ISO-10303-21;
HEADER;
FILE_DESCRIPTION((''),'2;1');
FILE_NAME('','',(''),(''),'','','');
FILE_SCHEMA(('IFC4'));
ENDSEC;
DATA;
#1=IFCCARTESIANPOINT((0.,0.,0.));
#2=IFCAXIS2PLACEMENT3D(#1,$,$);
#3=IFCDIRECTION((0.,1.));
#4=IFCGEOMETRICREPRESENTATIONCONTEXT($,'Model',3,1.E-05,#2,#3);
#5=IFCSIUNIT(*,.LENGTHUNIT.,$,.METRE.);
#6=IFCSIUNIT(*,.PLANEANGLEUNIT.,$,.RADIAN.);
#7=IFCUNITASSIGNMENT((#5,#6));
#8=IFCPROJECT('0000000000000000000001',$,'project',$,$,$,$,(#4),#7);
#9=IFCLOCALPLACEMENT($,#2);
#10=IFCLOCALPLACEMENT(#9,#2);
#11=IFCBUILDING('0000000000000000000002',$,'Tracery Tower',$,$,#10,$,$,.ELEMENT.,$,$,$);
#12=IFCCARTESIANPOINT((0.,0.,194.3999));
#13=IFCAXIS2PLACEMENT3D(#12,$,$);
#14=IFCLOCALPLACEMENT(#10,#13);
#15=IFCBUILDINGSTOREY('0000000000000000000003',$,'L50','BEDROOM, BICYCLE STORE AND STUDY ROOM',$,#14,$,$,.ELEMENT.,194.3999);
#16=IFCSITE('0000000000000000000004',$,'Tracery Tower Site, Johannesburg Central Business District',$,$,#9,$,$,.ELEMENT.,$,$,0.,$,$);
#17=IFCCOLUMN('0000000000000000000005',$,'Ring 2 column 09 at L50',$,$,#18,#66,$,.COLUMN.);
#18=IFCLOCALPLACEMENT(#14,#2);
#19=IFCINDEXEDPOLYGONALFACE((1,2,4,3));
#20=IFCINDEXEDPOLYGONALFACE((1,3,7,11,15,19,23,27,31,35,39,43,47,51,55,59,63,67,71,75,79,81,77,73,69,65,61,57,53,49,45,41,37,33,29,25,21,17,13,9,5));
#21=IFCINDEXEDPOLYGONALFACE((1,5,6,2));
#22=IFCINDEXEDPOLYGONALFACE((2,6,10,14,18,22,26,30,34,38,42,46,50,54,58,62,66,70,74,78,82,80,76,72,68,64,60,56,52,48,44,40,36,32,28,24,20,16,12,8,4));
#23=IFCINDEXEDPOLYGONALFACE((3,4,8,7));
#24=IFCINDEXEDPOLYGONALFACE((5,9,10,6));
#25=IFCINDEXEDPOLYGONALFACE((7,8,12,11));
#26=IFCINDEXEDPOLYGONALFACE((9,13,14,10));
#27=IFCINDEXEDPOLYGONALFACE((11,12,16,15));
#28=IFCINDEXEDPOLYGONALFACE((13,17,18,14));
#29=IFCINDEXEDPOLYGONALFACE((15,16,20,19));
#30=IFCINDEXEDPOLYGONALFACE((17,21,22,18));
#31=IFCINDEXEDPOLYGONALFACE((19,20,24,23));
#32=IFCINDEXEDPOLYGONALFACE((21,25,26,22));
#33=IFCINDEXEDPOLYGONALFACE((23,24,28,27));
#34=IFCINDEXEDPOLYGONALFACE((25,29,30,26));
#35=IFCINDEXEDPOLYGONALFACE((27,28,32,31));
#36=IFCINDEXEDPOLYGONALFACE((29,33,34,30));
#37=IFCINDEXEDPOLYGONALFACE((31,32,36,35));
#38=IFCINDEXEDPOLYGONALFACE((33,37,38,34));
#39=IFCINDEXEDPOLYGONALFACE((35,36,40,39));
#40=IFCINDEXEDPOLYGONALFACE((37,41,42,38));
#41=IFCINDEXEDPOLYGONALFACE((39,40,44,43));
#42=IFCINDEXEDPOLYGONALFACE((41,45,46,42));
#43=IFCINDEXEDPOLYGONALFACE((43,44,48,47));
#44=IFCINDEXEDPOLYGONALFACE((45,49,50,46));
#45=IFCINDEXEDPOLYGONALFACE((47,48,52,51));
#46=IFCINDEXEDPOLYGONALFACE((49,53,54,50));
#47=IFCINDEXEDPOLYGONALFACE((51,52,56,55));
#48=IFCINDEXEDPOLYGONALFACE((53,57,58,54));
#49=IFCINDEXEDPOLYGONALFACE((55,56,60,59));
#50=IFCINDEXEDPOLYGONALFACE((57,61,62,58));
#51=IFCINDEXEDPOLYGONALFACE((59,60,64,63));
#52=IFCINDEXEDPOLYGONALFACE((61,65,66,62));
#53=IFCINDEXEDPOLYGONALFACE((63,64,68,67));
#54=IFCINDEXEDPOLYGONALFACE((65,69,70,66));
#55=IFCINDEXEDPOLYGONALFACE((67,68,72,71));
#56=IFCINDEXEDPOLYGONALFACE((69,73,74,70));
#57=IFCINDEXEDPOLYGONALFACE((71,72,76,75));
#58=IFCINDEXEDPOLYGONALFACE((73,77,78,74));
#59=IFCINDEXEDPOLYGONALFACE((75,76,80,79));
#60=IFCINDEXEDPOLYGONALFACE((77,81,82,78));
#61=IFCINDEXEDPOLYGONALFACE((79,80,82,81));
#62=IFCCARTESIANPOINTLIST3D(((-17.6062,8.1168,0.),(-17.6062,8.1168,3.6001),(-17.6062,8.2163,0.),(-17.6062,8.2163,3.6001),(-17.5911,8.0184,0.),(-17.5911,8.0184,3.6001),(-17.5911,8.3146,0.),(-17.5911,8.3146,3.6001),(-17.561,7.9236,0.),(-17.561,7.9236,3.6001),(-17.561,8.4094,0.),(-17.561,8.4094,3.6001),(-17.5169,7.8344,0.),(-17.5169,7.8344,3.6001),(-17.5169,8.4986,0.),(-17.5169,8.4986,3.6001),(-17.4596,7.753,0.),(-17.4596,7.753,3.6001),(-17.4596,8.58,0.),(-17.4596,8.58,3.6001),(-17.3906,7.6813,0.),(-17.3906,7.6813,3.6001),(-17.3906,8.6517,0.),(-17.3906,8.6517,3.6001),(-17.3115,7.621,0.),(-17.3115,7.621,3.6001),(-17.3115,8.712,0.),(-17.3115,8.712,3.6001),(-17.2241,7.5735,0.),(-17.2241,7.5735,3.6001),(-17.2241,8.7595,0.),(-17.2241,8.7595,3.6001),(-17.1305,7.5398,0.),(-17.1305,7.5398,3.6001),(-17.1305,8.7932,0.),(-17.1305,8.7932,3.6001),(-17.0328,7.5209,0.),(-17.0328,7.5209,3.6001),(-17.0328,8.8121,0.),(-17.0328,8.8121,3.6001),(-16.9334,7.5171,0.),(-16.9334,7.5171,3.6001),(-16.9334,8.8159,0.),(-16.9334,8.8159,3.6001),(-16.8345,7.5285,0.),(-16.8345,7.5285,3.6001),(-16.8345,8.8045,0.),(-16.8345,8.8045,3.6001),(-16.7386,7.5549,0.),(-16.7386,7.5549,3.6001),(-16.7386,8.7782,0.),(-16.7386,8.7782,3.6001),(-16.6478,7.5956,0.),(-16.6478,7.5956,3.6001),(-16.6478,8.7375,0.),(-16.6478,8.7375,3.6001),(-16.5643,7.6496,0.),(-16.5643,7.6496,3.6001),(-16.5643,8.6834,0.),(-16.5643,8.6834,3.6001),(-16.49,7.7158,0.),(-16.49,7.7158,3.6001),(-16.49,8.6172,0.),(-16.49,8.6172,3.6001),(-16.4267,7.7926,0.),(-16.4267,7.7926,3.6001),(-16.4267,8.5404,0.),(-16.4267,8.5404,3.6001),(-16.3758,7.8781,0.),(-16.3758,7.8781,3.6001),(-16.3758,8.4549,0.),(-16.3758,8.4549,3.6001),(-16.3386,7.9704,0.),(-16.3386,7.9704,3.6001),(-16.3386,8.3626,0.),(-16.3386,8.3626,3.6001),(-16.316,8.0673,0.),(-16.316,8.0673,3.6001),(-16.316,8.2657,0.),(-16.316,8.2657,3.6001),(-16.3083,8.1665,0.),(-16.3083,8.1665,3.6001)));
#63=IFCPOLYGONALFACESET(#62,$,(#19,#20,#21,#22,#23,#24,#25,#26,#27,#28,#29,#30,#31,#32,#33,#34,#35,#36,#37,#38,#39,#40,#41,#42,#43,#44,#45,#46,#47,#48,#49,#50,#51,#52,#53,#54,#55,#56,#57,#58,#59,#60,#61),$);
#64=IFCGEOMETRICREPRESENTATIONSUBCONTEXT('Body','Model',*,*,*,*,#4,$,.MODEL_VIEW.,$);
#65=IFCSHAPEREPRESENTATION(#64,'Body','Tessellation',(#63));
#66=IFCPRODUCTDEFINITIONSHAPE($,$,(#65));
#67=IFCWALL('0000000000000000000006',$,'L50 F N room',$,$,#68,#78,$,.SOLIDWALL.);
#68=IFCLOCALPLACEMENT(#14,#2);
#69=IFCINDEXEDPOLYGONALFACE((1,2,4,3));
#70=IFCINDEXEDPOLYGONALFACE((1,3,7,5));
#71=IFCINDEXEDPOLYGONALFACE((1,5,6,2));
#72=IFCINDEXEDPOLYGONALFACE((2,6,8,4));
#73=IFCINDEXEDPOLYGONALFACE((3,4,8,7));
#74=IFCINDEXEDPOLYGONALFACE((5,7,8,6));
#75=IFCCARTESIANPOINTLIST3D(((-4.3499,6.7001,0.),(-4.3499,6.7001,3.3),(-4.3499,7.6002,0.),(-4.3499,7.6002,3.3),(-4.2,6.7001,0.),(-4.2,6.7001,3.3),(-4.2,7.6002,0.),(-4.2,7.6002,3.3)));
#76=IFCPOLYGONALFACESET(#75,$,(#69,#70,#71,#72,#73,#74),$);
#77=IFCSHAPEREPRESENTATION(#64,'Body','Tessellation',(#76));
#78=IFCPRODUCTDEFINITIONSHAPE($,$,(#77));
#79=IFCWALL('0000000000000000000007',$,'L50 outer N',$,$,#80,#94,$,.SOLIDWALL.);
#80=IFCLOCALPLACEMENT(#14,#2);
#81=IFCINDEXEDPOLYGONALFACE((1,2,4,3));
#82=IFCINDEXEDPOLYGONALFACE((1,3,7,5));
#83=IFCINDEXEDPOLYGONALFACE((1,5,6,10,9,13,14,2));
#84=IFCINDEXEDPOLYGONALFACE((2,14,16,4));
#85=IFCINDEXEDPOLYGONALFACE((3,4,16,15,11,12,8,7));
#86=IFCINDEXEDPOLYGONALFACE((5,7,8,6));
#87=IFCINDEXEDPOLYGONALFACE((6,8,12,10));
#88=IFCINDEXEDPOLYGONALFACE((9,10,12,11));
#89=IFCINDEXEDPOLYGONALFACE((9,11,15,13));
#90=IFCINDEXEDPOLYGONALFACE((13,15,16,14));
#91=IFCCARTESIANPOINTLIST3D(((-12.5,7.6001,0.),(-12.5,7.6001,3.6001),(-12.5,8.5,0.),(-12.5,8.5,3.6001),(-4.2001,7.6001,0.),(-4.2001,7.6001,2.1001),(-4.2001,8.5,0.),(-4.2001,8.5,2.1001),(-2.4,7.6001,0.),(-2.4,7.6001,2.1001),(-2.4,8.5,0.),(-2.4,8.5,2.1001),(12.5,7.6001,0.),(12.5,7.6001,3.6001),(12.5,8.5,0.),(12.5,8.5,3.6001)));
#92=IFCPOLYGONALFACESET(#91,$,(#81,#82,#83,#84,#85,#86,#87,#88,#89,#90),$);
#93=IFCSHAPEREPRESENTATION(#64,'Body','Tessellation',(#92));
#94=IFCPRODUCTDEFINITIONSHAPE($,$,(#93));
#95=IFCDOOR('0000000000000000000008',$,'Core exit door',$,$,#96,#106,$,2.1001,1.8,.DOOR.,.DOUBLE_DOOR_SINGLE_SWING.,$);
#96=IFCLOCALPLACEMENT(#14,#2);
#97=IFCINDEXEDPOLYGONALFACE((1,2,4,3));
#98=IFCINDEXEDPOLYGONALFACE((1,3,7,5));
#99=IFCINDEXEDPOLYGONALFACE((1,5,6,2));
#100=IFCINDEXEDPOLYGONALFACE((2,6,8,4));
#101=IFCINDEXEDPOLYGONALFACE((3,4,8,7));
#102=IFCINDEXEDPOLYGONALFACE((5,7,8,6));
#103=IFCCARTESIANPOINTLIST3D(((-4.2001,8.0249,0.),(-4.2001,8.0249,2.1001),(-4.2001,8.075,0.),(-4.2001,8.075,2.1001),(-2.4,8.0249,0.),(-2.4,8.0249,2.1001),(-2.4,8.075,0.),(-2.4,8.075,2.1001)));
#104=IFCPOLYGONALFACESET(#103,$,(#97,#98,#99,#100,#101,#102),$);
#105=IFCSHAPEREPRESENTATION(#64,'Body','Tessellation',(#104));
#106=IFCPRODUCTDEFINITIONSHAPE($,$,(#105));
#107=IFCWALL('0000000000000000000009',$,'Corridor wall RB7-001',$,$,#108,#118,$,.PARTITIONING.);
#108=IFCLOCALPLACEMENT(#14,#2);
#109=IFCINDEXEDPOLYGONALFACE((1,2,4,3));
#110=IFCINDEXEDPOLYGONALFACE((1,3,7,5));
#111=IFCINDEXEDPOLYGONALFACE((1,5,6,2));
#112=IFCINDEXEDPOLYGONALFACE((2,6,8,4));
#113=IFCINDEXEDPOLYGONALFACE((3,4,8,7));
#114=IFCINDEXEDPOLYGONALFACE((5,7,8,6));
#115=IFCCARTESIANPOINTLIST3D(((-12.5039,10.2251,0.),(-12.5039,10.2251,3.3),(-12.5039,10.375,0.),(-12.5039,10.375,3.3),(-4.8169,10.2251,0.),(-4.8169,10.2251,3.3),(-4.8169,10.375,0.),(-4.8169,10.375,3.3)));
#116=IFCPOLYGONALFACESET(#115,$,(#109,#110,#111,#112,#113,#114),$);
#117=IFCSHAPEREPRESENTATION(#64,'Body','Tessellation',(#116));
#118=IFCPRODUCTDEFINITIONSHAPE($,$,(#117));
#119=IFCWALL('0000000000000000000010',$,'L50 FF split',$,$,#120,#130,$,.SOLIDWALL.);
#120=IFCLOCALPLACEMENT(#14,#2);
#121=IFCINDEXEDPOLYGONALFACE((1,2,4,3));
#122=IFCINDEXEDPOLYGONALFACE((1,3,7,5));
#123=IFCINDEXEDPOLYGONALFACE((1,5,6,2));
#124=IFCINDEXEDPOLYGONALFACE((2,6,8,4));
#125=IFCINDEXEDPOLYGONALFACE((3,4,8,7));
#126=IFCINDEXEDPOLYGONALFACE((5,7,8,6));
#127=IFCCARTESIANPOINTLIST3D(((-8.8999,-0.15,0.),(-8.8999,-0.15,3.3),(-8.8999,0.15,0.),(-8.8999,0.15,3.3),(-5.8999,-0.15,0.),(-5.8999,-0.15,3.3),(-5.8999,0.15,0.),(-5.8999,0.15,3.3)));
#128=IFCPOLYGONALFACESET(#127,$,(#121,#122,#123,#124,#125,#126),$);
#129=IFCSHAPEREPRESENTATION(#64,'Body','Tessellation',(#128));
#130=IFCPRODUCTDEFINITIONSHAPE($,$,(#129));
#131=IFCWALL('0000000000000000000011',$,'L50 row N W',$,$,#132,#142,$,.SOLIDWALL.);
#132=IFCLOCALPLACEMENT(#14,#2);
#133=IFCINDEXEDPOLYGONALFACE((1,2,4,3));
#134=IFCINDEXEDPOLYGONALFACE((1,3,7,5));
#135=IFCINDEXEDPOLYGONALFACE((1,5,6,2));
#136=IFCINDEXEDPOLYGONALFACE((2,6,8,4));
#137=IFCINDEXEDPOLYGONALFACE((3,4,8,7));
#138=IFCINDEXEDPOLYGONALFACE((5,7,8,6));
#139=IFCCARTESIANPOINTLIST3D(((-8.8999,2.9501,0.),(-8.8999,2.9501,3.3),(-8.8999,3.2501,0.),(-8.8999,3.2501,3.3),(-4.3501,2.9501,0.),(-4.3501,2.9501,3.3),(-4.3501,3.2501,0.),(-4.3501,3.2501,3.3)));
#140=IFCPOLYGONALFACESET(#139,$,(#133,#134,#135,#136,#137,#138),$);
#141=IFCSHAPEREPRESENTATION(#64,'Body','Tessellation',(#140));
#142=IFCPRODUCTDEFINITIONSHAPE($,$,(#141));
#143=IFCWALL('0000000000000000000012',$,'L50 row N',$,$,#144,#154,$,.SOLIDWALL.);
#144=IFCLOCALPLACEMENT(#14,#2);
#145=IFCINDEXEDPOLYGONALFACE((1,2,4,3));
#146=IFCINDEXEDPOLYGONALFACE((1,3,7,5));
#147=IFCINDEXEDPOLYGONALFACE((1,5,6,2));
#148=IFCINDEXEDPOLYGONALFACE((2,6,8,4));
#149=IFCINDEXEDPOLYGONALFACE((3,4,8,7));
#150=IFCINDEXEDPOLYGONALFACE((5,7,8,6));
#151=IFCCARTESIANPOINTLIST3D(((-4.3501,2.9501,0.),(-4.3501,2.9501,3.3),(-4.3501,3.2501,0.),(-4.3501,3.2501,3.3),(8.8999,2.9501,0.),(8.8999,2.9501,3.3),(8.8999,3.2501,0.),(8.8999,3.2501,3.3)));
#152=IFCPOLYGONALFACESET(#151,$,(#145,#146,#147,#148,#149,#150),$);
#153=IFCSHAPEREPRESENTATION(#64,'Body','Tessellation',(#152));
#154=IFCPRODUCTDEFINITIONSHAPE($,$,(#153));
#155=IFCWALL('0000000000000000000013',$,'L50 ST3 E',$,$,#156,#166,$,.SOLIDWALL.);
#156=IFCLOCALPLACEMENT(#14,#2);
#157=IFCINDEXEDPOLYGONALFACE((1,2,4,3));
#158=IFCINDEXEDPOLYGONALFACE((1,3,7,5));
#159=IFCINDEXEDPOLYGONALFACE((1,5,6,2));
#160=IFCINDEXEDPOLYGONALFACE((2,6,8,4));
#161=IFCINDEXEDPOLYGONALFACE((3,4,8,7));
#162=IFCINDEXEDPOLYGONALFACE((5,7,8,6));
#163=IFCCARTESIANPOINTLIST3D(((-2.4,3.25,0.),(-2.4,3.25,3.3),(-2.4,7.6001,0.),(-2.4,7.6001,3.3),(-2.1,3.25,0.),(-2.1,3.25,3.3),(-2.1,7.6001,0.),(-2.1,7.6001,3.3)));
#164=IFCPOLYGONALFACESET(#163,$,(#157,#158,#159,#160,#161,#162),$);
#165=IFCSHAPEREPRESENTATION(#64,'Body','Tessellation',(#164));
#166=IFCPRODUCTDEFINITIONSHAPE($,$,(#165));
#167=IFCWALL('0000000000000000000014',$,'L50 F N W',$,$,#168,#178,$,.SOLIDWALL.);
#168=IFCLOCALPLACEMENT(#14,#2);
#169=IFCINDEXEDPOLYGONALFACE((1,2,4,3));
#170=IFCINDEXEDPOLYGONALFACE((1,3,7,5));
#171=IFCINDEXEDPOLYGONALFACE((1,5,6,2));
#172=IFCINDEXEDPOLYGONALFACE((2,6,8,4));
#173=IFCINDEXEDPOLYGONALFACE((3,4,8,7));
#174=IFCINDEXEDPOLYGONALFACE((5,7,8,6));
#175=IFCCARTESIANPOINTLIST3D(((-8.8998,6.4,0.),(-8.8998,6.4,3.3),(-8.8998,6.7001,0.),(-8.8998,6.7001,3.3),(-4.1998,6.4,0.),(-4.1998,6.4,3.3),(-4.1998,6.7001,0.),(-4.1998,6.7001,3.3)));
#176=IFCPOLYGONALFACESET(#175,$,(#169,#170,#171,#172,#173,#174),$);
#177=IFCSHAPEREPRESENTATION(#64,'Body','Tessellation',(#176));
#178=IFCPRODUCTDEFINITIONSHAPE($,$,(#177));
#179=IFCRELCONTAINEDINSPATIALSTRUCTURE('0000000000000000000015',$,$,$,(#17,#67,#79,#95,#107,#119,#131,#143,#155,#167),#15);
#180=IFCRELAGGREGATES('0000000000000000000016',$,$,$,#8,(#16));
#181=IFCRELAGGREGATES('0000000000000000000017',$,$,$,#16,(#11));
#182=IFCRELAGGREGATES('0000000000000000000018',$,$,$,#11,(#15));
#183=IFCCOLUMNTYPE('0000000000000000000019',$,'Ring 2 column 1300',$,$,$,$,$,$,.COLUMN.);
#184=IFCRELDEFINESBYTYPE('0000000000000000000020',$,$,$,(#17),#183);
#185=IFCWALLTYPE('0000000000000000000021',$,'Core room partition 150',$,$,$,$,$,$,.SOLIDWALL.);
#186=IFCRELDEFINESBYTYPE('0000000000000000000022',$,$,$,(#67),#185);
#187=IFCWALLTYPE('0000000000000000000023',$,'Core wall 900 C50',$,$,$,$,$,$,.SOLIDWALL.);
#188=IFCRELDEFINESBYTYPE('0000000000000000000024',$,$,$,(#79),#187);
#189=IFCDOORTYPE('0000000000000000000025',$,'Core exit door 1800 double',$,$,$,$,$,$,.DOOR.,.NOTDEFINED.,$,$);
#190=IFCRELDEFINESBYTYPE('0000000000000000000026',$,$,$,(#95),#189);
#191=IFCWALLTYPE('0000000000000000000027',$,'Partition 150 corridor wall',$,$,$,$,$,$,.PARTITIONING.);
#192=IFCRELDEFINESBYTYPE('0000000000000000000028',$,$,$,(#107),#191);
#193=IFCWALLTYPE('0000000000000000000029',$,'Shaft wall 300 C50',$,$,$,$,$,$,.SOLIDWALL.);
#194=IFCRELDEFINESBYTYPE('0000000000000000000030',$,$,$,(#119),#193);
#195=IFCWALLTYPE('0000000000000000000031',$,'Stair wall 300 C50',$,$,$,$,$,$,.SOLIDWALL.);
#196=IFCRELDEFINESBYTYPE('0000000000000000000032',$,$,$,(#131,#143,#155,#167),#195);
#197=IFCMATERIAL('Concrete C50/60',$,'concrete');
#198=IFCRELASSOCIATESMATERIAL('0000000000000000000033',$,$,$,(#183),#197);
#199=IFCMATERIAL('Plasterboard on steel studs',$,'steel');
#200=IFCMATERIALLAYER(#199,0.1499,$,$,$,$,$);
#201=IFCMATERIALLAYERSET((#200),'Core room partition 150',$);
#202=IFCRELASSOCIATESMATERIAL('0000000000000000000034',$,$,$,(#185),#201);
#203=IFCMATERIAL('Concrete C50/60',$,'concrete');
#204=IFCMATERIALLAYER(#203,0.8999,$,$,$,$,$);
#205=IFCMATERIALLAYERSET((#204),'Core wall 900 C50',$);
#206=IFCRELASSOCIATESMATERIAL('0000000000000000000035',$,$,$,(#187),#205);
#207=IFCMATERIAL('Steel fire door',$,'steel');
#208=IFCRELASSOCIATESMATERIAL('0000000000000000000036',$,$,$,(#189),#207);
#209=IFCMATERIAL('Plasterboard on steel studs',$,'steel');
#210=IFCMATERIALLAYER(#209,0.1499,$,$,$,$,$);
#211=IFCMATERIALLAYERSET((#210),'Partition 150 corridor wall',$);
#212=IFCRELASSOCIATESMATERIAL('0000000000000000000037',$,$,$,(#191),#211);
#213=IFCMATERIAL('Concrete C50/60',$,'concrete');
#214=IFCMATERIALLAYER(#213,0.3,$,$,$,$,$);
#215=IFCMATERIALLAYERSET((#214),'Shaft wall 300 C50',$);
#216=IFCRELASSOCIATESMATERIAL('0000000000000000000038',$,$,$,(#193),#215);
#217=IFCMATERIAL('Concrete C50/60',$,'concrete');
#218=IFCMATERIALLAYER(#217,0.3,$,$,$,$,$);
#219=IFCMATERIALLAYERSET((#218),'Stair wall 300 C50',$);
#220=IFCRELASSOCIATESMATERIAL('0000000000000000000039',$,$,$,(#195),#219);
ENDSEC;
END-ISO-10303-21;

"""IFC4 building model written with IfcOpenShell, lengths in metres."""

from ifc_helpers import new_model, si_unit, direction, frame, frame_2d, origin, origin_2d, place, context, subcontext, project, spatial, rectangle, circle, extrude, material, layer, layer_set, material_profile, profile_set, type_object, element, fill, save


model = new_model("IFC4")

# Units and contexts
model_context = context("Model", 3, precision=1e-05, world=origin(), true_north=direction((0.0, 1.0)))
body_context = subcontext(model_context, "Body", "Model", "MODEL_VIEW")
ifc_project = project(units=[si_unit("LENGTHUNIT", "METRE"), si_unit("PLANEANGLEUNIT", "RADIAN")], contexts=[model_context])

# Site, building, storey
site_placement = place(None, origin())
site = spatial("IfcSite", under=ifc_project, at=site_placement, Name="Tracery Tower Site, Johannesburg Central Business District", CompositionType="ELEMENT", RefElevation=0.0)
building_placement = place(site_placement, origin())
building = spatial("IfcBuilding", under=site, at=building_placement, Name="Tracery Tower", CompositionType="ELEMENT")
storey_placement = place(building_placement, frame((0.0, 0.0, 194.3999)))
storey = spatial("IfcBuildingStorey", under=building, at=storey_placement, Name="L50", Description="BEDROOM, BICYCLE STORE AND STUDY ROOM", CompositionType="ELEMENT", Elevation=194.3999)

# Column
ifc_material_1 = material(Name="Concrete C50/60", Category="concrete")
ifc_material_profile = material_profile(ifc_material_1, circle(Radius=0.6499, at=origin_2d()), Name="RC D1300")
ifc_profile_set = profile_set([ifc_material_profile], Name="Concrete C50/60")
column_type = type_object("IfcColumnType", Name="Ring 2 column 1300", PredefinedType="COLUMN", material=ifc_profile_set)
column_placement = place(storey_placement, frame((-16.9583, 8.1665, 0.0), z_axis=(0.0, 0.0, 1.0), x_axis=(1.0, 0.0, 0.0)))
element("IfcColumn", 1, at=column_placement, inside=storey, type_object=column_type, Name="Ring 2 column 09 at L50", PredefinedType="COLUMN", context=body_context, shape_type="SweptSolid", body=[
    extrude(circle(Radius=0.6499, at=origin_2d()), origin(), (0.0, 0.0, 1.0), 3.6001),
])

# Wall
ifc_material_2 = material(Name="Plasterboard on steel studs", Category="steel")
ifc_layer_1 = layer(ifc_material_2, 0.1499)
ifc_layer_set_1 = layer_set([ifc_layer_1], Name="Core room partition 150")
wall_type_1 = type_object("IfcWallType", Name="Core room partition 150", PredefinedType="SOLIDWALL", material=ifc_layer_set_1)
wall_1_placement = place(storey_placement, frame((-4.2749, 6.7, 0.0), z_axis=(0.0, 0.0, 1.0), x_axis=(0.0, 1.0, 0.0)))
element("IfcWall", 2, at=wall_1_placement, inside=storey, type_object=wall_type_1, Name="L50 F N room", PredefinedType="SOLIDWALL", context=body_context, shape_type="SweptSolid", body=[
    extrude(rectangle(XDim=0.9001, YDim=0.1499, at=frame_2d((0.4502, 0.0))), origin(), (0.0, 0.0, 1.0), 3.3),
])

# Wall, opening, door
ifc_material_3 = material(Name="Concrete C50/60", Category="concrete")
ifc_layer_2 = layer(ifc_material_3, 0.8999)
ifc_layer_set_2 = layer_set([ifc_layer_2], Name="Core wall 900 C50")
wall_type_2 = type_object("IfcWallType", Name="Core wall 900 C50", PredefinedType="SOLIDWALL", material=ifc_layer_set_2)
wall_2_placement = place(storey_placement, frame((-12.5, 8.05, 0.0), z_axis=(0.0, 0.0, 1.0), x_axis=(1.0, 0.0, 0.0)))
wall_2 = element("IfcWall", 3, at=wall_2_placement, inside=storey, type_object=wall_type_2, Name="L50 outer N", PredefinedType="SOLIDWALL", context=body_context, shape_type="SweptSolid", body=[
    extrude(rectangle(XDim=25.0, YDim=0.8999, at=frame_2d((12.5, 0.0))), origin(), (0.0, 0.0, 1.0), 3.6001),
])
opening_1_placement = place(wall_2_placement, frame((8.3, 0.0, 0.0)))
opening_1 = element("IfcOpeningElement", 4, at=opening_1_placement, cuts=wall_2, PredefinedType="OPENING", context=body_context, shape_type="SweptSolid", body=[
    extrude(rectangle(XDim=1.8, YDim=2.1001, at=frame_2d((0.8999, 1.05))), frame((0.0, 0.45, 0.0), z_axis=(0.0, -1.0, 0.0), x_axis=(1.0, 0.0, 0.0)), (0.0, 0.0, 1.0), 0.8999),
])
ifc_material_4 = material(Name="Steel fire door", Category="steel")
door_type_1 = type_object("IfcDoorType", Name="Core exit door 1800 double", OperationType="NOTDEFINED", PredefinedType="DOOR", material=ifc_material_4)
door_1_placement = place(opening_1_placement, origin())
door_1 = element("IfcDoor", 5, at=door_1_placement, inside=storey, type_object=door_type_1, Name="Core exit door", OperationType="DOUBLE_DOOR_SINGLE_SWING", OverallHeight=2.1001, OverallWidth=1.8, PredefinedType="DOOR", context=body_context, shape_type="SweptSolid", body=[
    extrude(rectangle(XDim=1.8, YDim=2.1001, at=frame_2d((0.8999, 1.05))), frame((0.0, 0.0249, 0.0), z_axis=(0.0, -1.0, 0.0), x_axis=(1.0, 0.0, 0.0)), (0.0, 0.0, 1.0), 0.05),
])
fill(opening_1, door_1)

# Walls
ifc_material_5 = material(Name="Plasterboard on steel studs", Category="steel")
ifc_layer_3 = layer(ifc_material_5, 0.1499)
ifc_layer_set_3 = layer_set([ifc_layer_3], Name="Partition 150 corridor wall")
wall_type_3 = type_object("IfcWallType", Name="Partition 150 corridor wall", PredefinedType="PARTITIONING", material=ifc_layer_set_3)
wall_3_placement = place(storey_placement, frame((-12.5039, 10.3, 0.0), z_axis=(0.0, 0.0, 1.0), x_axis=(1.0, 0.0, 0.0)))
element("IfcWall", 6, at=wall_3_placement, inside=storey, type_object=wall_type_3, Name="Corridor wall RB7-001", PredefinedType="PARTITIONING", context=body_context, shape_type="SweptSolid", body=[
    extrude(rectangle(XDim=7.687, YDim=0.1499, at=frame_2d((3.8435, 0.0))), origin(), (0.0, 0.0, 1.0), 3.3),
])
ifc_material_6 = material(Name="Concrete C50/60", Category="concrete")
ifc_layer_4 = layer(ifc_material_6, 0.3)
ifc_layer_set_4 = layer_set([ifc_layer_4], Name="Shaft wall 300 C50")
wall_type_4 = type_object("IfcWallType", Name="Shaft wall 300 C50", PredefinedType="SOLIDWALL", material=ifc_layer_set_4)
wall_4_placement = place(storey_placement, frame((-8.8999, 0.0, 0.0), z_axis=(0.0, 0.0, 1.0), x_axis=(1.0, 0.0, 0.0)))
element("IfcWall", 7, at=wall_4_placement, inside=storey, type_object=wall_type_4, Name="L50 FF split", PredefinedType="SOLIDWALL", context=body_context, shape_type="SweptSolid", body=[
    extrude(rectangle(XDim=3.0, YDim=0.3, at=frame_2d((1.5, 0.0))), origin(), (0.0, 0.0, 1.0), 3.3),
])

# Walls
ifc_material_7 = material(Name="Concrete C50/60", Category="concrete")
ifc_layer_5 = layer(ifc_material_7, 0.3)
ifc_layer_set_5 = layer_set([ifc_layer_5], Name="Stair wall 300 C50")
wall_type_5 = type_object("IfcWallType", Name="Stair wall 300 C50", PredefinedType="SOLIDWALL", material=ifc_layer_set_5)
wall_5_placement = place(storey_placement, frame((-8.8999, 3.1001, 0.0), z_axis=(0.0, 0.0, 1.0), x_axis=(1.0, 0.0, 0.0)))
element("IfcWall", 8, at=wall_5_placement, inside=storey, type_object=wall_type_5, Name="L50 row N W", PredefinedType="SOLIDWALL", context=body_context, shape_type="SweptSolid", body=[
    extrude(rectangle(XDim=4.5498, YDim=0.3, at=frame_2d((2.2749, 0.0))), origin(), (0.0, 0.0, 1.0), 3.3),
])
wall_6_placement = place(storey_placement, frame((-4.3501, 3.1001, 0.0), z_axis=(0.0, 0.0, 1.0), x_axis=(1.0, 0.0, 0.0)))
element("IfcWall", 9, at=wall_6_placement, inside=storey, type_object=wall_type_5, Name="L50 row N", PredefinedType="SOLIDWALL", context=body_context, shape_type="SweptSolid", body=[
    extrude(rectangle(XDim=13.25, YDim=0.3, at=frame_2d((6.625, 0.0))), origin(), (0.0, 0.0, 1.0), 3.3),
])
wall_7_placement = place(storey_placement, frame((-2.25, 3.25, 0.0), z_axis=(0.0, 0.0, 1.0), x_axis=(0.0, 1.0, 0.0)))
element("IfcWall", 10, at=wall_7_placement, inside=storey, type_object=wall_type_5, Name="L50 ST3 E", PredefinedType="SOLIDWALL", context=body_context, shape_type="SweptSolid", body=[
    extrude(rectangle(XDim=4.3501, YDim=0.3, at=frame_2d((2.175, 0.0))), origin(), (0.0, 0.0, 1.0), 3.3),
])
wall_8_placement = place(storey_placement, frame((-8.8999, 6.55, 0.0), z_axis=(0.0, 0.0, 1.0), x_axis=(1.0, 0.0, 0.0)))
element("IfcWall", 11, at=wall_8_placement, inside=storey, type_object=wall_type_5, Name="L50 F N W", PredefinedType="SOLIDWALL", context=body_context, shape_type="SweptSolid", body=[
    extrude(rectangle(XDim=4.7, YDim=0.3, at=frame_2d((2.3501, 0.0))), origin(), (0.0, 0.0, 1.0), 3.3),
])

save(model, "model.ifc")
